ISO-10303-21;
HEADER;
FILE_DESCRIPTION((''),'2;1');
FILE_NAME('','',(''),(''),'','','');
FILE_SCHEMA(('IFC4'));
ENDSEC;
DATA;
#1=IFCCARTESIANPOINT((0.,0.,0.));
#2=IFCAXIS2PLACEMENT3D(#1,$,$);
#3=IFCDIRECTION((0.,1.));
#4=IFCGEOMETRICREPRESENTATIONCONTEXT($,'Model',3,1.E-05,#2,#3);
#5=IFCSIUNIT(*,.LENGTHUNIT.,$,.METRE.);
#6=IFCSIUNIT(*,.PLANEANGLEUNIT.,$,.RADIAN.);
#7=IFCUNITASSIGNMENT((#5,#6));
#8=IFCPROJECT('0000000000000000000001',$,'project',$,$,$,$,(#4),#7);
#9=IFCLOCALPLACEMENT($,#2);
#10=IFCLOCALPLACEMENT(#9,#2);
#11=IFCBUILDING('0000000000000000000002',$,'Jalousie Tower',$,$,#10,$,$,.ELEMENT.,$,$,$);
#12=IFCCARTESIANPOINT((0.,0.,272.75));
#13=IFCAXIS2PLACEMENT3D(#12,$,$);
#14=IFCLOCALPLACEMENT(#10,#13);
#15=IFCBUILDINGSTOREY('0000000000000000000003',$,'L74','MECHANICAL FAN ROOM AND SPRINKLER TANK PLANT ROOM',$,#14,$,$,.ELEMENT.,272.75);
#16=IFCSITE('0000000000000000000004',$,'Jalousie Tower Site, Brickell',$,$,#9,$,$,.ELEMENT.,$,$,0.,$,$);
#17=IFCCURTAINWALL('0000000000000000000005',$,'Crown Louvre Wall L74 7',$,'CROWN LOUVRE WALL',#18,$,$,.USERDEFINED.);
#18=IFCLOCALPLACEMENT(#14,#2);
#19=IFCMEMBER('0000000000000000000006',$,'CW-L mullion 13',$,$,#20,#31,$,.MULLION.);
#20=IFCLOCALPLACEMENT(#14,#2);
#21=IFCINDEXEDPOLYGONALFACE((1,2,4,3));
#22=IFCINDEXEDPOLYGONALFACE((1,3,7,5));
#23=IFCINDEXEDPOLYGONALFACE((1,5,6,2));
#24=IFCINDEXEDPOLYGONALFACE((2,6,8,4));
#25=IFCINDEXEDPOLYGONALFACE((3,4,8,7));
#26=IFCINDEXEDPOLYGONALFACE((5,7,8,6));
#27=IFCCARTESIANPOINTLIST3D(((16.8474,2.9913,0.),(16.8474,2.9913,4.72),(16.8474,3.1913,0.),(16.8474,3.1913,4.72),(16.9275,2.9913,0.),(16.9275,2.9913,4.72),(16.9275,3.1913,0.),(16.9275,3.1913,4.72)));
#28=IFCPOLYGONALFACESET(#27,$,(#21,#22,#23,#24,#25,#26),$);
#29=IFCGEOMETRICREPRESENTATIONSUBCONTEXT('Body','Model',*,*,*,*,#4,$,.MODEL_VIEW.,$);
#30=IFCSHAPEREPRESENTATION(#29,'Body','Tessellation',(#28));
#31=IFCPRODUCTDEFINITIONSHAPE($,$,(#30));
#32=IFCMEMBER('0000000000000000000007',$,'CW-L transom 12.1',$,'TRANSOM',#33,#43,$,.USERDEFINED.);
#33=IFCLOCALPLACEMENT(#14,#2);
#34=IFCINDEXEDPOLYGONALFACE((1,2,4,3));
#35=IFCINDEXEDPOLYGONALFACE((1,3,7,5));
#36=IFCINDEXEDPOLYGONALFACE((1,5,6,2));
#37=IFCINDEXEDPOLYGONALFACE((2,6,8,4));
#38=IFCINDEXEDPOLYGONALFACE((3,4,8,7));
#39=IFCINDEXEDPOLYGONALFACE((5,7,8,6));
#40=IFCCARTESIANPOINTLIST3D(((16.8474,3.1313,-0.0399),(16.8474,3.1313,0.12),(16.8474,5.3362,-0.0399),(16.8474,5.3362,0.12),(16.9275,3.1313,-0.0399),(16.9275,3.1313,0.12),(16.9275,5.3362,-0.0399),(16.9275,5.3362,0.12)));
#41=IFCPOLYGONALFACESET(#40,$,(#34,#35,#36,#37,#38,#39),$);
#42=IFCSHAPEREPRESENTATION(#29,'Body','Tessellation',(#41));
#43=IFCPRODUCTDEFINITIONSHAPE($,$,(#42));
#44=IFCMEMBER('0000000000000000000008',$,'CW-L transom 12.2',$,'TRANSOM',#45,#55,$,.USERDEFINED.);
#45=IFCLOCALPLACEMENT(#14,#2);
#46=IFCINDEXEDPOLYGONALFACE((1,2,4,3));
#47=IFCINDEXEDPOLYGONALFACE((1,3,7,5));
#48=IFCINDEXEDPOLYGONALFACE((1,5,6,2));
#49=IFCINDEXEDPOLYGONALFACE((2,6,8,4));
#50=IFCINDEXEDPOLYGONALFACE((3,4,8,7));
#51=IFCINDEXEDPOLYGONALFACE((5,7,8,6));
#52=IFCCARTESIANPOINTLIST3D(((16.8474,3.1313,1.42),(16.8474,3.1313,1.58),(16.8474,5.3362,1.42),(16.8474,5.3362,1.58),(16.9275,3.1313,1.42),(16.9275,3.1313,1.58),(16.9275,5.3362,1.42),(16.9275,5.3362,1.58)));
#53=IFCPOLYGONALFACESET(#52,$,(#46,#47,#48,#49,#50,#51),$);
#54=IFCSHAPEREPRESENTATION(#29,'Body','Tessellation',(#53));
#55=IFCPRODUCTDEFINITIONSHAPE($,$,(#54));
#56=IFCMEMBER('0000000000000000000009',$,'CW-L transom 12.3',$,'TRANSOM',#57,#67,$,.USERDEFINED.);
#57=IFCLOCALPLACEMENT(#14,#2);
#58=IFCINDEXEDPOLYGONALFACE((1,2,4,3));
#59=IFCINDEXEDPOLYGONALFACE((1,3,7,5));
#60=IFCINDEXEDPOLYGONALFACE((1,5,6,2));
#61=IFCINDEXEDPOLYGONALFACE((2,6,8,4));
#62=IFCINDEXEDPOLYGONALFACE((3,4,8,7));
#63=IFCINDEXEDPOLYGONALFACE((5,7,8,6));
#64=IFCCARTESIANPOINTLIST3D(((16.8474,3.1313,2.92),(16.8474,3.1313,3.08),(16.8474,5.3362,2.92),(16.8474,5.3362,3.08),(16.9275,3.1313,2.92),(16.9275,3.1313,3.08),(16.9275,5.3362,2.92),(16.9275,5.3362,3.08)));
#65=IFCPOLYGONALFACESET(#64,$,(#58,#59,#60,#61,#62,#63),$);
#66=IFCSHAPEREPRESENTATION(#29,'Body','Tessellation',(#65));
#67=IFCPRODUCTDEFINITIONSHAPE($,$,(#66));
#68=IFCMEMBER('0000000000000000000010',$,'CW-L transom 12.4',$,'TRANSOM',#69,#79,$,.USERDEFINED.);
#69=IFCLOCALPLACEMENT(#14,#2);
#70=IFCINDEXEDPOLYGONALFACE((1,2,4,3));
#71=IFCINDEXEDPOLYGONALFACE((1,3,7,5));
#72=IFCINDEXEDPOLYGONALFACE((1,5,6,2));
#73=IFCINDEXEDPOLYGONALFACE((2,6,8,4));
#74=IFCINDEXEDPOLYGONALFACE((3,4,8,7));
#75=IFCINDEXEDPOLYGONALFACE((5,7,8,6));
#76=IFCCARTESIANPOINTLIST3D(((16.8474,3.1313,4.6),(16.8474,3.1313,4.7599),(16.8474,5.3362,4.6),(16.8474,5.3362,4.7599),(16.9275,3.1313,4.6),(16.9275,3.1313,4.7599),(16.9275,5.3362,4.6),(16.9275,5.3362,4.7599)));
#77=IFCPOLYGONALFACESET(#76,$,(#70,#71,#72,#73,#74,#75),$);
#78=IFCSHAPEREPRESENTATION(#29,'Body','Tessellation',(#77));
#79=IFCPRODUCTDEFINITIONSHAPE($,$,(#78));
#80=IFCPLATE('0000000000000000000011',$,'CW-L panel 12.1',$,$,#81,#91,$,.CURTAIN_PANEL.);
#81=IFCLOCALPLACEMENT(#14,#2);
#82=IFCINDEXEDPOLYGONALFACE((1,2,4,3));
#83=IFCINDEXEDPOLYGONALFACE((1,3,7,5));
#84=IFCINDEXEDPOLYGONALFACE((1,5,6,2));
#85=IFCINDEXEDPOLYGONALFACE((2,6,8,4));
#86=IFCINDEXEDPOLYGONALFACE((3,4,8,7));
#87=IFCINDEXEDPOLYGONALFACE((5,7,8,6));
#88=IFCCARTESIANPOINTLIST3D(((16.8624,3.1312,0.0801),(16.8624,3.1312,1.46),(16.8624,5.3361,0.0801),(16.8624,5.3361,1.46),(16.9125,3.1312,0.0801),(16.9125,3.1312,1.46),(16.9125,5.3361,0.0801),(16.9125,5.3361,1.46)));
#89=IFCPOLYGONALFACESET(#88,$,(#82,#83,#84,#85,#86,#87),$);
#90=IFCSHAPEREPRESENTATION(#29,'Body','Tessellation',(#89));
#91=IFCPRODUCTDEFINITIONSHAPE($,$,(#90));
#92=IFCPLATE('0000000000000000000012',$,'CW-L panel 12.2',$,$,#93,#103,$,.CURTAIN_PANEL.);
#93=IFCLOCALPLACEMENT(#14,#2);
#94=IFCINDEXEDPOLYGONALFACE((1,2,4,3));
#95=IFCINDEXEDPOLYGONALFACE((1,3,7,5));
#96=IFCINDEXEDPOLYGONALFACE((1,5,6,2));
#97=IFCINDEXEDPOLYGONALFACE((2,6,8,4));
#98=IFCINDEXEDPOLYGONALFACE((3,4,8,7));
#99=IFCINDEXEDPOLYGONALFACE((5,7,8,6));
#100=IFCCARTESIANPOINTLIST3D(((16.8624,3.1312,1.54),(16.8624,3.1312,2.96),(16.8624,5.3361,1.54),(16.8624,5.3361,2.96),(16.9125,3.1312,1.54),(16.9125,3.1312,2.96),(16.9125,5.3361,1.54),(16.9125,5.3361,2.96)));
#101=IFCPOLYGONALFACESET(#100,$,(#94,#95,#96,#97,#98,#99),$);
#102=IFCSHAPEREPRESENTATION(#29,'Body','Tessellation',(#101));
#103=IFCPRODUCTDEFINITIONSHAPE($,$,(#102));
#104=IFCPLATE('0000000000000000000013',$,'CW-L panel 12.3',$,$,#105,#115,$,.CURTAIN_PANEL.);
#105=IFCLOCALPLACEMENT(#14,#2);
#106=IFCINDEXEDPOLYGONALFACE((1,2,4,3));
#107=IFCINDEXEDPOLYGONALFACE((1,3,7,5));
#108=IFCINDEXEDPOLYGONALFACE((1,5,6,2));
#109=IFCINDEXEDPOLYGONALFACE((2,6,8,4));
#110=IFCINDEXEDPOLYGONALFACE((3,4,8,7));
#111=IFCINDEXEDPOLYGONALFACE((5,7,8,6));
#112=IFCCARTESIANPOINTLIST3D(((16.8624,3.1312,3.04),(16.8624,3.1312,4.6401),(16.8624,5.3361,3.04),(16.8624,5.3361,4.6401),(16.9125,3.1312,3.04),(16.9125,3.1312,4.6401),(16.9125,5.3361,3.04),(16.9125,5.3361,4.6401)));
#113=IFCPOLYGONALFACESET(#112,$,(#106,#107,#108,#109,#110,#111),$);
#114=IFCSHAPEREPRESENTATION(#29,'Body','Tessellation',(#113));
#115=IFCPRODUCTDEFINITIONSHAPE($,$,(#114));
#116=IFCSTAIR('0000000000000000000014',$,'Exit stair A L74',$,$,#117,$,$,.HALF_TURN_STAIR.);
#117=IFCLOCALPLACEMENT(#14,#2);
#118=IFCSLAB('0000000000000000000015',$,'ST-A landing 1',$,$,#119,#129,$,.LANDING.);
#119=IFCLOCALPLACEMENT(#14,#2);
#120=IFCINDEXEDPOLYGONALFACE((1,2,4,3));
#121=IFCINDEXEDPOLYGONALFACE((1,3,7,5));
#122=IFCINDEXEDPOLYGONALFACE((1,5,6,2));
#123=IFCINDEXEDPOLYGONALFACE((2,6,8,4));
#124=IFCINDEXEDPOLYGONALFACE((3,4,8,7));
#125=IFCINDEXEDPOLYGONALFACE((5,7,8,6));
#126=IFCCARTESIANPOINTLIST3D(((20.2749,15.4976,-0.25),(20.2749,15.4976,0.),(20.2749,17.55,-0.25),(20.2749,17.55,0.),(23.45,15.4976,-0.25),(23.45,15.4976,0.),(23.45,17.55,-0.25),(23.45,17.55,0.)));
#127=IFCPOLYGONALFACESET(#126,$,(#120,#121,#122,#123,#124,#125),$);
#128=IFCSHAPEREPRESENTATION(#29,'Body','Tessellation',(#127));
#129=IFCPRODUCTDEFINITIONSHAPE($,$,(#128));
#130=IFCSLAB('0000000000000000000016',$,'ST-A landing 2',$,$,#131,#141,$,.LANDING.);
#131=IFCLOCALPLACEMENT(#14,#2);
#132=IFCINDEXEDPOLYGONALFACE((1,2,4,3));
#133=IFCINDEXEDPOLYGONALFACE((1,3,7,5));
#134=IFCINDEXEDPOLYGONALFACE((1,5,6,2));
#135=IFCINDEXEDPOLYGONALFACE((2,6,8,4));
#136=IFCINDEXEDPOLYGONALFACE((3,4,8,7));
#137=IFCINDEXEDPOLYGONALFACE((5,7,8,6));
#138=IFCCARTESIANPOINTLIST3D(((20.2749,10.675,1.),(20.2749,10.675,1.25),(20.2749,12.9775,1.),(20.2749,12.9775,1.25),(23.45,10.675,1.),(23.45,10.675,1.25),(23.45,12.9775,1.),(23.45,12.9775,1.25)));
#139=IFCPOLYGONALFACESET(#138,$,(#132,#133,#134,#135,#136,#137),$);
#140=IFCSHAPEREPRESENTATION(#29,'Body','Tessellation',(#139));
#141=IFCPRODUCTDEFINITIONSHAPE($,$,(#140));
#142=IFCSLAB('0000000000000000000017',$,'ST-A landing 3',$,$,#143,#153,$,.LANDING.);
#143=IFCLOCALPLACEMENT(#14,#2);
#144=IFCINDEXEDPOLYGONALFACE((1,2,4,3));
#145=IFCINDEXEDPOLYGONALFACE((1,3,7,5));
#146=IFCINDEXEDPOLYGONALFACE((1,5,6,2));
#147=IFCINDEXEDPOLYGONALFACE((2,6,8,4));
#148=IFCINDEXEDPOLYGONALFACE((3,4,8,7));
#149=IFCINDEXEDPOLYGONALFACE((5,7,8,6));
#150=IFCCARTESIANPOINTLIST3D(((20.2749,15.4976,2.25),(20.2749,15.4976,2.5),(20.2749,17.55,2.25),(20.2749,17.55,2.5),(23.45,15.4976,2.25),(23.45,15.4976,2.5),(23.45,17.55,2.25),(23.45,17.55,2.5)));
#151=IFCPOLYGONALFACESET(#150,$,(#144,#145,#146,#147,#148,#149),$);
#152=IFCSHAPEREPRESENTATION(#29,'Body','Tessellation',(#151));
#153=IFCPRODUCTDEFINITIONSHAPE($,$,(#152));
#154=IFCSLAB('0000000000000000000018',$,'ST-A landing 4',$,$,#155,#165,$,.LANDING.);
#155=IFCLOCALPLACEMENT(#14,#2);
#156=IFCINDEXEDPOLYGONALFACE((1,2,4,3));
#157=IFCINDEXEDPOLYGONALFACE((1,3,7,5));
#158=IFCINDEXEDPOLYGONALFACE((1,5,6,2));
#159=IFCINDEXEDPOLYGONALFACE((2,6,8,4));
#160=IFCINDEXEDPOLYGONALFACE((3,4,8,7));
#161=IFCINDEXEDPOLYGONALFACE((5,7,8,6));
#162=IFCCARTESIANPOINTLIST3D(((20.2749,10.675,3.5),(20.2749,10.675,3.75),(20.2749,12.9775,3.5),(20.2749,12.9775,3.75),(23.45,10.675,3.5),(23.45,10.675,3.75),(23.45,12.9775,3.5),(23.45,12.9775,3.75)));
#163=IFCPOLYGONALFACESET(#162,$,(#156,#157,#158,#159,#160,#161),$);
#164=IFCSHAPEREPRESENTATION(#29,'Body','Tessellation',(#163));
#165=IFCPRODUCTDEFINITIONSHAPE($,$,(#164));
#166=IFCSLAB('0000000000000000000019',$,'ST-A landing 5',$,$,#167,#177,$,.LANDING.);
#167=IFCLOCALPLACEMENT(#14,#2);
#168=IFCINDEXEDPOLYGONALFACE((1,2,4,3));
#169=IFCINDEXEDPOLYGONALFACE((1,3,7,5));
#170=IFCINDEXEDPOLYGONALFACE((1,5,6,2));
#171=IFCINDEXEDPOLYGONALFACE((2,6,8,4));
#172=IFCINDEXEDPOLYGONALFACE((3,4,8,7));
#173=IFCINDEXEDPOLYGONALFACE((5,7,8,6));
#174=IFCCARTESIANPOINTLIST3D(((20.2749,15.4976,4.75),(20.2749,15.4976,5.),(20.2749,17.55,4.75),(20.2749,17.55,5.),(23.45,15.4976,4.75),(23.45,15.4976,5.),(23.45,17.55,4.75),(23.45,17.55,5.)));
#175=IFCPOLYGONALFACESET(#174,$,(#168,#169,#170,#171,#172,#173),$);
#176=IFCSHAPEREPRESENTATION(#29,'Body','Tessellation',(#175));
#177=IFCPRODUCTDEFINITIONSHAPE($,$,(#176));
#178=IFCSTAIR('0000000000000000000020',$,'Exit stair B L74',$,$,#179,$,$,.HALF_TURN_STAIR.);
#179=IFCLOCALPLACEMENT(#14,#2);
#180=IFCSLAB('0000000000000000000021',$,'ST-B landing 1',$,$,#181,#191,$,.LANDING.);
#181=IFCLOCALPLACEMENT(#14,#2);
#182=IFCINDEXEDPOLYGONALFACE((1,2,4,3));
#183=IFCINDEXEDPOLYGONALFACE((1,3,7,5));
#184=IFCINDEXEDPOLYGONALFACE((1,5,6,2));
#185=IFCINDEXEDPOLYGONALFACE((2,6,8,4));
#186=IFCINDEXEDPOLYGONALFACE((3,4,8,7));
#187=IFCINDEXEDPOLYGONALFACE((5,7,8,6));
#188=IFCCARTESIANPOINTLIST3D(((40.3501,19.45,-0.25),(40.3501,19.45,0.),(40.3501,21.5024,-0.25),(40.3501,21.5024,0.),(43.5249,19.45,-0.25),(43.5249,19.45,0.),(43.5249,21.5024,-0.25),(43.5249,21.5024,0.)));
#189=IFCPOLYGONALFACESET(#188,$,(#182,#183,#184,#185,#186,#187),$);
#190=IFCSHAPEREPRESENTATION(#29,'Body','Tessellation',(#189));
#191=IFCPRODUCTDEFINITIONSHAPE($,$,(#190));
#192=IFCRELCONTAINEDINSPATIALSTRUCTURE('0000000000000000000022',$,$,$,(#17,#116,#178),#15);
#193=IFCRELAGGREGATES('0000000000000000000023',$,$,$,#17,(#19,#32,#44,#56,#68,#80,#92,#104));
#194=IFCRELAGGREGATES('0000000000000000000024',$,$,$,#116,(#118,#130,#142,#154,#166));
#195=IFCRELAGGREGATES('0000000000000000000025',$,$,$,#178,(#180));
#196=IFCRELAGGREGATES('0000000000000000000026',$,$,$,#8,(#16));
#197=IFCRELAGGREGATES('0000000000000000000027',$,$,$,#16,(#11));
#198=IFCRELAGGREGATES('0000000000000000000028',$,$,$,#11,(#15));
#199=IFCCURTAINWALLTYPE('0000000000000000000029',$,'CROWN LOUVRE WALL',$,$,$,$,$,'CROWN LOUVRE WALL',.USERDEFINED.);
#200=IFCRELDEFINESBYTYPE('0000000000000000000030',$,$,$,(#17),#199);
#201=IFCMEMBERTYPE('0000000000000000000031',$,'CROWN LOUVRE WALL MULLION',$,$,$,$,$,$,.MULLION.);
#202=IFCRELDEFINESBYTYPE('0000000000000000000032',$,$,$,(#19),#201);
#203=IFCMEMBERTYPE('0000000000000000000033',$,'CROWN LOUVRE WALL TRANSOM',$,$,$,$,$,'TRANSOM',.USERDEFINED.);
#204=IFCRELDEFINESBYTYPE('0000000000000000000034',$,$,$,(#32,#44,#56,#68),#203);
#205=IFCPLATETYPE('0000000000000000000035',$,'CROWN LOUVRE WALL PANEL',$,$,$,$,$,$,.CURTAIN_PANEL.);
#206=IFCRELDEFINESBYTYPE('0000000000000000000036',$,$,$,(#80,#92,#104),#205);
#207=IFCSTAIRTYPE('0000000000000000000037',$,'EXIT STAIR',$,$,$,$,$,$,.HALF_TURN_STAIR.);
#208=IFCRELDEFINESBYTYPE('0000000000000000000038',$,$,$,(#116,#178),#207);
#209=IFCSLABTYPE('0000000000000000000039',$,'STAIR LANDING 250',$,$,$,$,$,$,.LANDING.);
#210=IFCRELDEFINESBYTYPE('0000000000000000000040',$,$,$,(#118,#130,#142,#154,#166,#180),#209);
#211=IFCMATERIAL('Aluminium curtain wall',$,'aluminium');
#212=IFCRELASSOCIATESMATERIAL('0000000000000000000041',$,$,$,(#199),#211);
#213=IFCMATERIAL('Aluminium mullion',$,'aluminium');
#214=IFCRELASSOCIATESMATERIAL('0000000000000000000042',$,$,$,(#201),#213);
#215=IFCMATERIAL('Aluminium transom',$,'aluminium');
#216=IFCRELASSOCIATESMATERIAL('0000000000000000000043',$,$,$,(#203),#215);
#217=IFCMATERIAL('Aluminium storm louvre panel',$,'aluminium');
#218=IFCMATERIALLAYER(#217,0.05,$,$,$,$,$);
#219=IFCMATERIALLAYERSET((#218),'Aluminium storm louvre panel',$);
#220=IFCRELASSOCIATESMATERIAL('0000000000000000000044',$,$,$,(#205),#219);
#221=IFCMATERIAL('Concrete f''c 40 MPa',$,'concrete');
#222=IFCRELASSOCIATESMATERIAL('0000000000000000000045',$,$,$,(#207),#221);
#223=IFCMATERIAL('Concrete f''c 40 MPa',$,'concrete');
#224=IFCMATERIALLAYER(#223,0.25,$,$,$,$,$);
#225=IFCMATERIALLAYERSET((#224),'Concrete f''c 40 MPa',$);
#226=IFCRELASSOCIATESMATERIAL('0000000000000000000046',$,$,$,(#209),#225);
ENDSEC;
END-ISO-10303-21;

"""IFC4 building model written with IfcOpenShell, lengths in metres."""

from ifc_helpers import new_model, si_unit, direction, frame, origin, origin_2d, place, context, subcontext, project, spatial, polyline, rectangle, outline, extrude, material, layer, layer_set, material_profile, profile_set, type_object, element, aggregate, save


model = new_model("IFC4")

# Units and contexts
model_context = context("Model", 3, precision=1e-05, world=origin(), true_north=direction((0.0, 1.0)))
body_context = subcontext(model_context, "Body", "Model", "MODEL_VIEW")
ifc_project = project(units=[si_unit("LENGTHUNIT", "METRE"), si_unit("PLANEANGLEUNIT", "RADIAN")], contexts=[model_context])

# Site, building, storey
site_placement = place(None, origin())
site = spatial("IfcSite", under=ifc_project, at=site_placement, Name="Jalousie Tower Site, Brickell", CompositionType="ELEMENT", RefElevation=0.0)
building_placement = place(site_placement, origin())
building = spatial("IfcBuilding", under=site, at=building_placement, Name="Jalousie Tower", CompositionType="ELEMENT")
storey_placement = place(building_placement, frame((0.0, 0.0, 272.75)))
storey = spatial("IfcBuildingStorey", under=building, at=storey_placement, Name="L74", Description="MECHANICAL FAN ROOM AND SPRINKLER TANK PLANT ROOM", CompositionType="ELEMENT", Elevation=272.75)

# Curtain wall, members, plates
ifc_material_1 = material(Name="Aluminium curtain wall", Category="aluminium")
curtain_wall_type = type_object("IfcCurtainWallType", Name="CROWN LOUVRE WALL", ElementType="CROWN LOUVRE WALL", PredefinedType="USERDEFINED", material=ifc_material_1)
curtain_wall_placement = place(storey_placement, origin())
curtain_wall = element("IfcCurtainWall", 1, at=curtain_wall_placement, inside=storey, type_object=curtain_wall_type, Name="Crown Louvre Wall L74 7", ObjectType="CROWN LOUVRE WALL", PredefinedType="USERDEFINED")
ifc_material_2 = material(Name="Aluminium mullion", Category="aluminium")
ifc_material_profile_1 = material_profile(ifc_material_2, rectangle(XDim=0.0801, YDim=0.2, at=origin_2d()), Name="MULLION 80x200")
ifc_profile_set_1 = profile_set([ifc_material_profile_1], Name="Aluminium mullion")
member_type_1 = type_object("IfcMemberType", Name="CROWN LOUVRE WALL MULLION", PredefinedType="MULLION", material=ifc_profile_set_1)
member_1_placement = place(storey_placement, frame((16.8875, 3.0913, 0.0), z_axis=(0.0, 0.0, 1.0), x_axis=(1.0, 0.0, 0.0)))
member_1 = element("IfcMember", 2, at=member_1_placement, type_object=member_type_1, Name="CW-L mullion 13", PredefinedType="MULLION", context=body_context, shape_type="SweptSolid", body=[
    extrude(rectangle(XDim=0.0801, YDim=0.2, at=origin_2d()), origin(), (0.0, 0.0, 1.0), 4.72),
])
ifc_material_3 = material(Name="Aluminium transom", Category="aluminium")
ifc_material_profile_2 = material_profile(ifc_material_3, rectangle(XDim=0.0801, YDim=0.1599, at=origin_2d()), Name="TRANSOM 80x160")
ifc_profile_set_2 = profile_set([ifc_material_profile_2], Name="Aluminium transom")
member_type_2 = type_object("IfcMemberType", Name="CROWN LOUVRE WALL TRANSOM", ElementType="TRANSOM", PredefinedType="USERDEFINED", material=ifc_profile_set_2)
member_2_placement = place(storey_placement, frame((16.8875, 5.3362, 0.04), z_axis=(0.0, -1.0, 0.0), x_axis=(1.0, 0.0, 0.0)))
member_2 = element("IfcMember", 3, at=member_2_placement, type_object=member_type_2, Name="CW-L transom 12.1", ObjectType="TRANSOM", PredefinedType="USERDEFINED", context=body_context, shape_type="SweptSolid", body=[
    extrude(rectangle(XDim=0.0801, YDim=0.1599, at=origin_2d()), origin(), (0.0, 0.0, 1.0), 2.2048),
])
member_3_placement = place(storey_placement, frame((16.8875, 5.3362, 1.5), z_axis=(0.0, -1.0, 0.0), x_axis=(1.0, 0.0, 0.0)))
member_3 = element("IfcMember", 4, at=member_3_placement, type_object=member_type_2, Name="CW-L transom 12.2", ObjectType="TRANSOM", PredefinedType="USERDEFINED", context=body_context, shape_type="SweptSolid", body=[
    extrude(rectangle(XDim=0.0801, YDim=0.1599, at=origin_2d()), origin(), (0.0, 0.0, 1.0), 2.2048),
])
member_4_placement = place(storey_placement, frame((16.8875, 5.3362, 3.0), z_axis=(0.0, -1.0, 0.0), x_axis=(1.0, 0.0, 0.0)))
member_4 = element("IfcMember", 5, at=member_4_placement, type_object=member_type_2, Name="CW-L transom 12.3", ObjectType="TRANSOM", PredefinedType="USERDEFINED", context=body_context, shape_type="SweptSolid", body=[
    extrude(rectangle(XDim=0.0801, YDim=0.1599, at=origin_2d()), origin(), (0.0, 0.0, 1.0), 2.2048),
])
member_5_placement = place(storey_placement, frame((16.8875, 5.3362, 4.6799), z_axis=(0.0, -1.0, 0.0), x_axis=(1.0, 0.0, 0.0)))
member_5 = element("IfcMember", 6, at=member_5_placement, type_object=member_type_2, Name="CW-L transom 12.4", ObjectType="TRANSOM", PredefinedType="USERDEFINED", context=body_context, shape_type="SweptSolid", body=[
    extrude(rectangle(XDim=0.0801, YDim=0.1599, at=origin_2d()), origin(), (0.0, 0.0, 1.0), 2.2048),
])
ifc_material_4 = material(Name="Aluminium storm louvre panel", Category="aluminium")
ifc_layer_1 = layer(ifc_material_4, 0.05)
ifc_layer_set_1 = layer_set([ifc_layer_1], Name="Aluminium storm louvre panel")
plate_type = type_object("IfcPlateType", Name="CROWN LOUVRE WALL PANEL", PredefinedType="CURTAIN_PANEL", material=ifc_layer_set_1)
plate_1_placement = place(storey_placement, frame((16.8875, 4.2336, 0.0801), z_axis=(0.0, 0.0, 1.0), x_axis=(0.0, -1.0, 0.0)))
plate_1 = element("IfcPlate", 7, at=plate_1_placement, type_object=plate_type, Name="CW-L panel 12.1", PredefinedType="CURTAIN_PANEL", context=body_context, shape_type="SweptSolid", body=[
    extrude(rectangle(XDim=2.2048, YDim=0.05, at=origin_2d()), origin(), (0.0, 0.0, 1.0), 1.3799),
])
plate_2_placement = place(storey_placement, frame((16.8875, 4.2336, 1.54), z_axis=(0.0, 0.0, 1.0), x_axis=(0.0, -1.0, 0.0)))
plate_2 = element("IfcPlate", 8, at=plate_2_placement, type_object=plate_type, Name="CW-L panel 12.2", PredefinedType="CURTAIN_PANEL", context=body_context, shape_type="SweptSolid", body=[
    extrude(rectangle(XDim=2.2048, YDim=0.05, at=origin_2d()), origin(), (0.0, 0.0, 1.0), 1.4199),
])
plate_3_placement = place(storey_placement, frame((16.8875, 4.2336, 3.04), z_axis=(0.0, 0.0, 1.0), x_axis=(0.0, -1.0, 0.0)))
plate_3 = element("IfcPlate", 9, at=plate_3_placement, type_object=plate_type, Name="CW-L panel 12.3", PredefinedType="CURTAIN_PANEL", context=body_context, shape_type="SweptSolid", body=[
    extrude(rectangle(XDim=2.2048, YDim=0.05, at=origin_2d()), origin(), (0.0, 0.0, 1.0), 1.6001),
])
aggregate(curtain_wall, [member_1, member_2, member_3, member_4, member_5, plate_1, plate_2, plate_3])

# Stairs, slabs
ifc_material_5 = material(Name="Concrete f'c 40 MPa", Category="concrete")
stair_type = type_object("IfcStairType", Name="EXIT STAIR", PredefinedType="HALF_TURN_STAIR", material=ifc_material_5)
stair_1_placement = place(storey_placement, origin())
stair_1 = element("IfcStair", 10, at=stair_1_placement, inside=storey, type_object=stair_type, Name="Exit stair A L74", PredefinedType="HALF_TURN_STAIR")
ifc_material_6 = material(Name="Concrete f'c 40 MPa", Category="concrete")
ifc_layer_2 = layer(ifc_material_6, 0.25)
ifc_layer_set_2 = layer_set([ifc_layer_2], Name="Concrete f'c 40 MPa")
slab_type_1 = type_object("IfcSlabType", Name="STAIR LANDING 250", PredefinedType="LANDING", material=ifc_layer_set_2)
slab_1_placement = place(storey_placement, frame((0.0, 0.0, -0.25)))
slab_1 = element("IfcSlab", 11, at=slab_1_placement, type_object=slab_type_1, Name="ST-A landing 1", PredefinedType="LANDING", context=body_context, shape_type="SweptSolid", body=[
    extrude(outline(polyline([(20.2749, 15.4976), (23.45, 15.4976), (23.45, 17.55), (20.2749, 17.55), (20.2749, 15.4976)])), origin(), (0.0, 0.0, 1.0), 0.25),
])
slab_2_placement = place(storey_placement, frame((0.0, 0.0, 1.0)))
slab_2 = element("IfcSlab", 12, at=slab_2_placement, type_object=slab_type_1, Name="ST-A landing 2", PredefinedType="LANDING", context=body_context, shape_type="SweptSolid", body=[
    extrude(outline(polyline([(20.2749, 10.675), (23.45, 10.675), (23.45, 12.9775), (20.2749, 12.9775), (20.2749, 10.675)])), origin(), (0.0, 0.0, 1.0), 0.25),
])
slab_3_placement = place(storey_placement, frame((0.0, 0.0, 2.25)))
slab_3 = element("IfcSlab", 13, at=slab_3_placement, type_object=slab_type_1, Name="ST-A landing 3", PredefinedType="LANDING", context=body_context, shape_type="SweptSolid", body=[
    extrude(outline(polyline([(20.2749, 15.4976), (23.45, 15.4976), (23.45, 17.55), (20.2749, 17.55), (20.2749, 15.4976)])), origin(), (0.0, 0.0, 1.0), 0.25),
])
slab_4_placement = place(storey_placement, frame((0.0, 0.0, 3.5)))
slab_4 = element("IfcSlab", 14, at=slab_4_placement, type_object=slab_type_1, Name="ST-A landing 4", PredefinedType="LANDING", context=body_context, shape_type="SweptSolid", body=[
    extrude(outline(polyline([(20.2749, 10.675), (23.45, 10.675), (23.45, 12.9775), (20.2749, 12.9775), (20.2749, 10.675)])), origin(), (0.0, 0.0, 1.0), 0.25),
])
slab_5_placement = place(storey_placement, frame((0.0, 0.0, 4.75)))
slab_5 = element("IfcSlab", 15, at=slab_5_placement, type_object=slab_type_1, Name="ST-A landing 5", PredefinedType="LANDING", context=body_context, shape_type="SweptSolid", body=[
    extrude(outline(polyline([(20.2749, 15.4976), (23.45, 15.4976), (23.45, 17.55), (20.2749, 17.55), (20.2749, 15.4976)])), origin(), (0.0, 0.0, 1.0), 0.25),
])
aggregate(stair_1, [slab_1, slab_2, slab_3, slab_4, slab_5])
stair_2_placement = place(storey_placement, origin())
stair_2 = element("IfcStair", 16, at=stair_2_placement, inside=storey, type_object=stair_type, Name="Exit stair B L74", PredefinedType="HALF_TURN_STAIR")
slab_6_placement = place(storey_placement, frame((0.0, 0.0, -0.25)))
slab_6 = element("IfcSlab", 17, at=slab_6_placement, type_object=slab_type_1, Name="ST-B landing 1", PredefinedType="LANDING", context=body_context, shape_type="SweptSolid", body=[
    extrude(outline(polyline([(40.3501, 19.45), (43.5249, 19.45), (43.5249, 21.5024), (40.3501, 21.5024), (40.3501, 19.45)])), origin(), (0.0, 0.0, 1.0), 0.25),
])
aggregate(stair_2, [slab_6])

save(model, "model.ifc")
